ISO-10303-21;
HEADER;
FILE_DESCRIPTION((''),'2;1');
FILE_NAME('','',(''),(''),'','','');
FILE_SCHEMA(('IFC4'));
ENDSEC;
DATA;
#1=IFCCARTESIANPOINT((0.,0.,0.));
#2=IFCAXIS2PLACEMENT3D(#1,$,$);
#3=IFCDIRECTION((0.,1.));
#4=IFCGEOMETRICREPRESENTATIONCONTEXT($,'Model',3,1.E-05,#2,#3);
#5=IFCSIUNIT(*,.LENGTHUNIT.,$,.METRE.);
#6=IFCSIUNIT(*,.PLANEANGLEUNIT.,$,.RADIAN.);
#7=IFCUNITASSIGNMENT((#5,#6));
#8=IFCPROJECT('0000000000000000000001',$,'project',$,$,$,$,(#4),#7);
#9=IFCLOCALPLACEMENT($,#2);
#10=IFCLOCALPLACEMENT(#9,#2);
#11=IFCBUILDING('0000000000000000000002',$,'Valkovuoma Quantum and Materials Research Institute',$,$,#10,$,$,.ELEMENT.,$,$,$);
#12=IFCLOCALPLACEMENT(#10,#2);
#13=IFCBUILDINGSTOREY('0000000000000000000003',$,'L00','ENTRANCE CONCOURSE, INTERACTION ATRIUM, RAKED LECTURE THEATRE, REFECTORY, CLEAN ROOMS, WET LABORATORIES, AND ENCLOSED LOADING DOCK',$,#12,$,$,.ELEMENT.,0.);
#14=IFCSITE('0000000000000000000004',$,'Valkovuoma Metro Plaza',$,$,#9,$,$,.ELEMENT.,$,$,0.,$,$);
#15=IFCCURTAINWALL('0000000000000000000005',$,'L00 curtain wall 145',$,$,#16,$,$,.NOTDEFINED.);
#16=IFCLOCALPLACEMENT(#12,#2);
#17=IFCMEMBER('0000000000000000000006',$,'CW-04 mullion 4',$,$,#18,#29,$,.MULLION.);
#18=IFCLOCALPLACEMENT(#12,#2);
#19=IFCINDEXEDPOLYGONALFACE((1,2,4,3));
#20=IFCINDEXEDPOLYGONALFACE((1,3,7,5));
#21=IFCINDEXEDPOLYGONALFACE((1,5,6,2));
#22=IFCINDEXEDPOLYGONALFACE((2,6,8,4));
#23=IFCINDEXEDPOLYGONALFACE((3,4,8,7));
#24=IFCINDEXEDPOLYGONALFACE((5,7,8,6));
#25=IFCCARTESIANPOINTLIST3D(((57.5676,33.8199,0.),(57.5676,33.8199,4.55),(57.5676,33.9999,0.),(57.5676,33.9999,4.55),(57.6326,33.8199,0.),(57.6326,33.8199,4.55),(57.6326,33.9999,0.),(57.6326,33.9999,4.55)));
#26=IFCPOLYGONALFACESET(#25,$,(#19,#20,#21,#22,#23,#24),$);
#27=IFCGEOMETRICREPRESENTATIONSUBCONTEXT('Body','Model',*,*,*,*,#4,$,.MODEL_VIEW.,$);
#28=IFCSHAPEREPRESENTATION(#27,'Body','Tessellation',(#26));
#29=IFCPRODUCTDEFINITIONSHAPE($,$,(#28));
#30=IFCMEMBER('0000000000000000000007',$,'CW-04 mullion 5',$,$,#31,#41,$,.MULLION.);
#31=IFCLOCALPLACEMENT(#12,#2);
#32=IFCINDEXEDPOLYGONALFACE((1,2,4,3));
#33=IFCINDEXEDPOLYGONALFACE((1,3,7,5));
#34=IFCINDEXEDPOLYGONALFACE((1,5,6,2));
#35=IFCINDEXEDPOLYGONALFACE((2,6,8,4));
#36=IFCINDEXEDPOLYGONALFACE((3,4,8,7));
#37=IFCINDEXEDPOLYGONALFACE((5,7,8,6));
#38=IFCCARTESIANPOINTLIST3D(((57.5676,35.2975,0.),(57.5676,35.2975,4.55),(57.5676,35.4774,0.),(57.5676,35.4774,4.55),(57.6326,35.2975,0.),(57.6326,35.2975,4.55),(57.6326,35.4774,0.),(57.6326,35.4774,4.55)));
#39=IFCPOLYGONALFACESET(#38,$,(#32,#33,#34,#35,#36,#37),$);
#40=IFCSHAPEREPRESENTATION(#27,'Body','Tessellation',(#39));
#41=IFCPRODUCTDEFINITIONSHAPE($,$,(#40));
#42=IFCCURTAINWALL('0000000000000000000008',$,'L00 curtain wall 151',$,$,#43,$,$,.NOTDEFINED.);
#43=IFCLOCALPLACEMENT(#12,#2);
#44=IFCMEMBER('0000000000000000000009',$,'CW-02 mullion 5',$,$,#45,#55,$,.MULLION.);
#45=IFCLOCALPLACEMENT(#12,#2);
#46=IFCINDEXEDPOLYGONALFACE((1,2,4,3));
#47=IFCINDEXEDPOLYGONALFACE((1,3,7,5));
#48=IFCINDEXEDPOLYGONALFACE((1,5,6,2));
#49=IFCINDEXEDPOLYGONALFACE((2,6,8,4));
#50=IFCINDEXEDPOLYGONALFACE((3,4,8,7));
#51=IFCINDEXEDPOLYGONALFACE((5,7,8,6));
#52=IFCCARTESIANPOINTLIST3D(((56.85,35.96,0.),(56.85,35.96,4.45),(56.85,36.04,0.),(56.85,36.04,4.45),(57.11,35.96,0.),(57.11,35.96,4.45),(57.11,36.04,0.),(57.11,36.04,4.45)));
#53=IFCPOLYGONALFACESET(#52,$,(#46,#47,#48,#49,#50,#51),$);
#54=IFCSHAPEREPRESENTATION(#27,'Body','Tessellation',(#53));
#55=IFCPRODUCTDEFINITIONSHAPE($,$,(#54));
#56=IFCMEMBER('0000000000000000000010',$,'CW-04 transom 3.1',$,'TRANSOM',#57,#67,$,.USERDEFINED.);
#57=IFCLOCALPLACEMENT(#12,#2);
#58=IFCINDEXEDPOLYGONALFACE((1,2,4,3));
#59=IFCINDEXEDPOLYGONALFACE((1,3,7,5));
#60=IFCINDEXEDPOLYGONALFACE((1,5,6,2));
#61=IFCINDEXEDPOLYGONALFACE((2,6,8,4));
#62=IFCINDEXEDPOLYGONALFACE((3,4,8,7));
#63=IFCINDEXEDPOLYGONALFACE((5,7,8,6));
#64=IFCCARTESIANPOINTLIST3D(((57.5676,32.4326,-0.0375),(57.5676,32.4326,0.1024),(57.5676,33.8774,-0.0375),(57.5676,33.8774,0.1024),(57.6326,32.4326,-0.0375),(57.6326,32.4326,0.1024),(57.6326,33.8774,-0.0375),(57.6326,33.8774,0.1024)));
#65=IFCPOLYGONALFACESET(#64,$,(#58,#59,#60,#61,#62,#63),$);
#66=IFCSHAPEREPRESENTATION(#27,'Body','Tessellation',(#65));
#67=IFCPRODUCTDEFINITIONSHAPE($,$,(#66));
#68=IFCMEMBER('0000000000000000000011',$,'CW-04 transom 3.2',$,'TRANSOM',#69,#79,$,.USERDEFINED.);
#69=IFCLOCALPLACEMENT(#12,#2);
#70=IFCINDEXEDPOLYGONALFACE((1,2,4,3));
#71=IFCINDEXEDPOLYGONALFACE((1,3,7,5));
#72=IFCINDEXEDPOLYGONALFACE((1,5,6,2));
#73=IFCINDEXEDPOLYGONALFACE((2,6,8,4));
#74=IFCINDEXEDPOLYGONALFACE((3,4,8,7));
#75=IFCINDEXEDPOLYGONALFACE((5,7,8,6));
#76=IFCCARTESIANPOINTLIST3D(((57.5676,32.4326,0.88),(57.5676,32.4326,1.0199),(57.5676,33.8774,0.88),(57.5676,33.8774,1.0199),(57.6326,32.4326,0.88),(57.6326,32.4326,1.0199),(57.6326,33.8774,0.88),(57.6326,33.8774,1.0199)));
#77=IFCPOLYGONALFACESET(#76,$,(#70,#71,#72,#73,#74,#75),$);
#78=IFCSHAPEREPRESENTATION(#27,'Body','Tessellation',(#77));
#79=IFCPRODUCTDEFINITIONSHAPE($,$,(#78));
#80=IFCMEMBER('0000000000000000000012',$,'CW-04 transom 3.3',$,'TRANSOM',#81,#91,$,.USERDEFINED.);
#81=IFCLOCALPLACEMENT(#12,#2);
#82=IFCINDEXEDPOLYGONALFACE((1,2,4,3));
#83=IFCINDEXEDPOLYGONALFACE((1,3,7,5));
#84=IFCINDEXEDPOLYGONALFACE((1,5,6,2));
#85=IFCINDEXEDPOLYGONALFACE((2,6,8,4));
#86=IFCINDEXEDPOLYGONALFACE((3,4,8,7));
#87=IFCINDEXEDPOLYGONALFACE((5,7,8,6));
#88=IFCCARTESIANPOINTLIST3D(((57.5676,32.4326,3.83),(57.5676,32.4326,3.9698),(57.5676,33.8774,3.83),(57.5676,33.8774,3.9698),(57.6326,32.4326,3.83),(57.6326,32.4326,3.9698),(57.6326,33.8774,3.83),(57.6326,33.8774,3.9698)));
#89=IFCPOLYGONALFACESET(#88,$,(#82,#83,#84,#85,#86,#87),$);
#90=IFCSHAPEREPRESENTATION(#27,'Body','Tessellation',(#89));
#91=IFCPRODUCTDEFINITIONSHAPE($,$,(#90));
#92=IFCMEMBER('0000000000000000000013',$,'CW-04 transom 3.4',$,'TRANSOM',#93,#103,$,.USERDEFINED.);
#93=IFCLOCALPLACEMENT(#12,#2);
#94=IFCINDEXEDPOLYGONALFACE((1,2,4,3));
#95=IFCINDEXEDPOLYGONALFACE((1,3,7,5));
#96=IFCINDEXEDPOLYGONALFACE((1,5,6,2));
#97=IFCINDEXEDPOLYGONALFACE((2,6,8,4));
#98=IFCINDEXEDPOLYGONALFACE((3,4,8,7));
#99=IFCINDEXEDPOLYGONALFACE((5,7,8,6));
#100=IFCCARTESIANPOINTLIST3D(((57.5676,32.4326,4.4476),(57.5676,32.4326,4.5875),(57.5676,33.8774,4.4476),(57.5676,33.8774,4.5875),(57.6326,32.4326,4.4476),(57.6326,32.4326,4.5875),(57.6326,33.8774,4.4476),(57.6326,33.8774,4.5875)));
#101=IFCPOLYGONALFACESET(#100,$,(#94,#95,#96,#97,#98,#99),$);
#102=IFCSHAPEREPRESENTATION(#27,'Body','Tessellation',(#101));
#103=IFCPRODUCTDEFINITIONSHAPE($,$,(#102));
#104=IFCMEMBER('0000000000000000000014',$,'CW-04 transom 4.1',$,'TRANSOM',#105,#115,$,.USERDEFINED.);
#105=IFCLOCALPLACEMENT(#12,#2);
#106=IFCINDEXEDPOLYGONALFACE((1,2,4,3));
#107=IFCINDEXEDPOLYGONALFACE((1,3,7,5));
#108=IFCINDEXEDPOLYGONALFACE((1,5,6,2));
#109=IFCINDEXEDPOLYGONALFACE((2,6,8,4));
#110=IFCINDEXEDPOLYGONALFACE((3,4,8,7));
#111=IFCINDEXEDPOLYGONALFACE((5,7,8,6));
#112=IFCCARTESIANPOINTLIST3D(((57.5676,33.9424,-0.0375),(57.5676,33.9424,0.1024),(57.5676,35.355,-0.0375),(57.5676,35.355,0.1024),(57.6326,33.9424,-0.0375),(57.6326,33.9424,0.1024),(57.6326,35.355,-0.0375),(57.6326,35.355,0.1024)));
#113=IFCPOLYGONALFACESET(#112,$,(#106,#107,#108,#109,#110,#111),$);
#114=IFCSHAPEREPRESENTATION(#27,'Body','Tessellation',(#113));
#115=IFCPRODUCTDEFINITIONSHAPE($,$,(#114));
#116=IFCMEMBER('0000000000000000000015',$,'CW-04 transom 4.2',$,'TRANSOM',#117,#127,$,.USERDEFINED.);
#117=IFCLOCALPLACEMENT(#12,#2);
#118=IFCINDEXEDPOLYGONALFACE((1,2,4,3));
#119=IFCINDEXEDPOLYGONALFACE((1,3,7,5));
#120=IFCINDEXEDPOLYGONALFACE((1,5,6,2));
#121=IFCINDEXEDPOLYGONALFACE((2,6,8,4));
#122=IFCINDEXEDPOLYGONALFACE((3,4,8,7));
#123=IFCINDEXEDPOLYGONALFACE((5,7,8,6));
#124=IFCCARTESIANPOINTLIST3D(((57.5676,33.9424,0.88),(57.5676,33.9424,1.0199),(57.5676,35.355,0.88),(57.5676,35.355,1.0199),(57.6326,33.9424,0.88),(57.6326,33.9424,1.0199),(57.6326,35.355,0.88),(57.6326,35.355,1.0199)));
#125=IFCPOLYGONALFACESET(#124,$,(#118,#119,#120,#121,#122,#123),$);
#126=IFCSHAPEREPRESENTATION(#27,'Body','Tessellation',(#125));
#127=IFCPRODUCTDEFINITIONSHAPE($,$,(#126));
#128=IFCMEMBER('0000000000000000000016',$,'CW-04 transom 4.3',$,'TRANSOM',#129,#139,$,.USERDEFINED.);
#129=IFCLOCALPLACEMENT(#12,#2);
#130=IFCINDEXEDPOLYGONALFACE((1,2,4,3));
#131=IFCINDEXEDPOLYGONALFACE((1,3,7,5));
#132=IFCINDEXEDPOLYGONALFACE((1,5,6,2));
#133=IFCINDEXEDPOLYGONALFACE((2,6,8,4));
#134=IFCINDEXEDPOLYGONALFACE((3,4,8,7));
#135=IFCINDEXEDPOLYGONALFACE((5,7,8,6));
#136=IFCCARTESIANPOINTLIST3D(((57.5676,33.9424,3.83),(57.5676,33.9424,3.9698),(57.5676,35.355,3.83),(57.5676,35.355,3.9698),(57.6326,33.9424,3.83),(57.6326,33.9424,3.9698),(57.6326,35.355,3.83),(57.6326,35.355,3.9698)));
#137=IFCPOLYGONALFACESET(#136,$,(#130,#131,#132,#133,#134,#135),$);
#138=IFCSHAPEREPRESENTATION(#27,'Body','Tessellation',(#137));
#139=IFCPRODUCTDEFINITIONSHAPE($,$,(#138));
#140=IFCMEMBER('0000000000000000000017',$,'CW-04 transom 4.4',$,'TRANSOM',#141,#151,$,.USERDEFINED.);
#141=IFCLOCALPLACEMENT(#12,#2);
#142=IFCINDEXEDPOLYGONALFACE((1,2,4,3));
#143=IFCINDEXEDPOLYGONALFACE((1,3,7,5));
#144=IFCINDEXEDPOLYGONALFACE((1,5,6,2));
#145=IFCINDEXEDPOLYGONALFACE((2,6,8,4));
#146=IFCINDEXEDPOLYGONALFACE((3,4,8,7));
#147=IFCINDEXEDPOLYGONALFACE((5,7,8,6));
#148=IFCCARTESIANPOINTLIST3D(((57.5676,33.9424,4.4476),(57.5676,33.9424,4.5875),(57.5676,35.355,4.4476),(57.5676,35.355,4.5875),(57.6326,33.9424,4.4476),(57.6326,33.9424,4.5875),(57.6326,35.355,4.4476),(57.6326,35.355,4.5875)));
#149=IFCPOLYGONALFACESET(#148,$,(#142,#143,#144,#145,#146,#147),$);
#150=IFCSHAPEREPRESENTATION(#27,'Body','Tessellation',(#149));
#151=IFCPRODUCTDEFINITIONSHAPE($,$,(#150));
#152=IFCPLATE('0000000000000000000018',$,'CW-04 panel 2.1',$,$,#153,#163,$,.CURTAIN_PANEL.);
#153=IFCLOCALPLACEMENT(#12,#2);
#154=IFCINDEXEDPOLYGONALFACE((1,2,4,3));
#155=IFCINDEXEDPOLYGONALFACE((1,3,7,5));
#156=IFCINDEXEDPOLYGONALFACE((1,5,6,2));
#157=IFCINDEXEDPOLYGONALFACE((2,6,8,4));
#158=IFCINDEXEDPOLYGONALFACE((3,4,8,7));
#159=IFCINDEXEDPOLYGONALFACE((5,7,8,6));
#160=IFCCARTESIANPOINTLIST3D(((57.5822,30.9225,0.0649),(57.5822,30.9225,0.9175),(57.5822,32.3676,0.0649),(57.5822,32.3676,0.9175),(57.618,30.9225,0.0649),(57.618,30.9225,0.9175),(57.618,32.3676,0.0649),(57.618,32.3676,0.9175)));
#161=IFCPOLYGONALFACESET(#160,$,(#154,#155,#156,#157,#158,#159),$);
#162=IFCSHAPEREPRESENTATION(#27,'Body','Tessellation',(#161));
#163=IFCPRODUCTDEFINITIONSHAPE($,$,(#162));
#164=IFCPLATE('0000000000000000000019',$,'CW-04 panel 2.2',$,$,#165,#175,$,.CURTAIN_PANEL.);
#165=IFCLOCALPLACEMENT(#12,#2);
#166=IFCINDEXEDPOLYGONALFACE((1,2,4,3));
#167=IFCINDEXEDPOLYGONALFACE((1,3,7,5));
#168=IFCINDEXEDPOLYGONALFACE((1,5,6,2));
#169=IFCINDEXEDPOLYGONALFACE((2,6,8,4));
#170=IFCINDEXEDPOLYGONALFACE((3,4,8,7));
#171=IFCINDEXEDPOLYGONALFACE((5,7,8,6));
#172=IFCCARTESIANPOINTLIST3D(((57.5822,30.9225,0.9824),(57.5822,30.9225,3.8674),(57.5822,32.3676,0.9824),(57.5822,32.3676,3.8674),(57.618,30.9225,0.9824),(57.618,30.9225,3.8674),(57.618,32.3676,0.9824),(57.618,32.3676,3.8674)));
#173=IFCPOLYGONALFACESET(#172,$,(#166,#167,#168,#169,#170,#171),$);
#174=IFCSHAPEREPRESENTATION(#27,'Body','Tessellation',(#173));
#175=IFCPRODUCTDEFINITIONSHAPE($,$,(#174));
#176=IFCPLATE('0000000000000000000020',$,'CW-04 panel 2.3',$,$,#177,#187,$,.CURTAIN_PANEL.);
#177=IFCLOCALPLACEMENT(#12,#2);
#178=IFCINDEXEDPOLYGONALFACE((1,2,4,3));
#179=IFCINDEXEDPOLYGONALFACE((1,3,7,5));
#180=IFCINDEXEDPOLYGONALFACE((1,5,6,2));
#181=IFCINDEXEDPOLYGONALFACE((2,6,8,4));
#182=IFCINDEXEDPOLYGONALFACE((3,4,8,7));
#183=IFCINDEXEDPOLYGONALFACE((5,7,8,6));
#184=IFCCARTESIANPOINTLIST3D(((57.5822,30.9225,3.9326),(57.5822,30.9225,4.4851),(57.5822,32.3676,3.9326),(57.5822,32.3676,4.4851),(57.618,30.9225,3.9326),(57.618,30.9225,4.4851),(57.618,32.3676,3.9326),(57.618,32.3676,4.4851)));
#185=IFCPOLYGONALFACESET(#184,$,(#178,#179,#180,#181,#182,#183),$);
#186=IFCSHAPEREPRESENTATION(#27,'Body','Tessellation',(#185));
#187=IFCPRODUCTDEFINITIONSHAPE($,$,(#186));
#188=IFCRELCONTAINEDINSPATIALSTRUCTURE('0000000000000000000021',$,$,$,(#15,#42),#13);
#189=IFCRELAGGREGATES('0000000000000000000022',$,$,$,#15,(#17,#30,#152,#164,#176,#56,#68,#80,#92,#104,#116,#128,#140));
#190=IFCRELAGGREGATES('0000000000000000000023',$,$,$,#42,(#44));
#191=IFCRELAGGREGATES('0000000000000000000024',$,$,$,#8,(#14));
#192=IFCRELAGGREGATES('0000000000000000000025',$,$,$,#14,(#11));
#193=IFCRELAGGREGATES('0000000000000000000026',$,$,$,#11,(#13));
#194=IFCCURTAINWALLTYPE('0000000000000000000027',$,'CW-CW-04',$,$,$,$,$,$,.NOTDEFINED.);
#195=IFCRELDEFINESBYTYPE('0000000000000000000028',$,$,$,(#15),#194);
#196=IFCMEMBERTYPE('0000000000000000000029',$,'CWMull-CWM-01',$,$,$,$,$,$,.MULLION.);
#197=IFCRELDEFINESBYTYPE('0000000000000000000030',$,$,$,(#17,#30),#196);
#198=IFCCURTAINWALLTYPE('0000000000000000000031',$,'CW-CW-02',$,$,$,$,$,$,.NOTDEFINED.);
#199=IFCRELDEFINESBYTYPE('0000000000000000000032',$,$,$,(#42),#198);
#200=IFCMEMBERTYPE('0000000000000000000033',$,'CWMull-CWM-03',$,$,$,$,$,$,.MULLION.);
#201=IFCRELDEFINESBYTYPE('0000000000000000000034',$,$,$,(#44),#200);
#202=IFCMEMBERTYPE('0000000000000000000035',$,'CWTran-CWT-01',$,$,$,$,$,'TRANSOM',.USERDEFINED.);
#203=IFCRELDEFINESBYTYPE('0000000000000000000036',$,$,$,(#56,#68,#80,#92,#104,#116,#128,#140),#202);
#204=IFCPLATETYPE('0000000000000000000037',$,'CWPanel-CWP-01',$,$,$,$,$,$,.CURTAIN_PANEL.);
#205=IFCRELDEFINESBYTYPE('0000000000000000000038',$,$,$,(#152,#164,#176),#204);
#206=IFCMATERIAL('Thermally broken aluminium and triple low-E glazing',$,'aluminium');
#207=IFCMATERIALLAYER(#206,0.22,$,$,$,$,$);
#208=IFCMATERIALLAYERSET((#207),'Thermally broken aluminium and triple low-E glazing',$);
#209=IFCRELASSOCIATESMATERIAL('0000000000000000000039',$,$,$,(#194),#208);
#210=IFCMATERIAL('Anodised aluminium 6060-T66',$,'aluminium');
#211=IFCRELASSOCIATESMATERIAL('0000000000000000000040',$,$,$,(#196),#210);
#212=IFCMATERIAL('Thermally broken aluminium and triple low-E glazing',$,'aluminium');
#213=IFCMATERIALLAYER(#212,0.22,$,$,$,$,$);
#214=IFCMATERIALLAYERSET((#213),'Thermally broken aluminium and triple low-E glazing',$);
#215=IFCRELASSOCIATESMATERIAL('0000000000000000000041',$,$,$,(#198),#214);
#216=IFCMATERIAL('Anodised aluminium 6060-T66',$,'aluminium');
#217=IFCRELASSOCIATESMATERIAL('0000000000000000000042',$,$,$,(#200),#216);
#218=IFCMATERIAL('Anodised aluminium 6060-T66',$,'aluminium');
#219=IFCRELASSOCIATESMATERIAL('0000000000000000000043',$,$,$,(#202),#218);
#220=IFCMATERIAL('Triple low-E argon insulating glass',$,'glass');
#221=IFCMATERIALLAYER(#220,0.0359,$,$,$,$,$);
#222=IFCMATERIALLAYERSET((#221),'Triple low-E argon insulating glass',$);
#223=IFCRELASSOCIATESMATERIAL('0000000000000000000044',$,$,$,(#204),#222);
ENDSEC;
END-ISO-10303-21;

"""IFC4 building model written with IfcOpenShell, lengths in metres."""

from ifc_helpers import new_model, si_unit, direction, frame, origin, origin_2d, place, context, subcontext, project, spatial, rectangle, extrude, material, layer, layer_set, material_profile, profile_set, type_object, element, aggregate, save


model = new_model("IFC4")

# Units and contexts
model_context = context("Model", 3, precision=1e-05, world=origin(), true_north=direction((0.0, 1.0)))
body_context = subcontext(model_context, "Body", "Model", "MODEL_VIEW")
ifc_project = project(units=[si_unit("LENGTHUNIT", "METRE"), si_unit("PLANEANGLEUNIT", "RADIAN")], contexts=[model_context])

# Site, building, storey
site_placement = place(None, origin())
site = spatial("IfcSite", under=ifc_project, at=site_placement, Name="Valkovuoma Metro Plaza", CompositionType="ELEMENT", RefElevation=0.0)
building_placement = place(site_placement, origin())
building = spatial("IfcBuilding", under=site, at=building_placement, Name="Valkovuoma Quantum and Materials Research Institute", CompositionType="ELEMENT")
storey_placement = place(building_placement, origin())
storey = spatial("IfcBuildingStorey", under=building, at=storey_placement, Name="L00", Description="ENTRANCE CONCOURSE, INTERACTION ATRIUM, RAKED LECTURE THEATRE, REFECTORY, CLEAN ROOMS, WET LABORATORIES, AND ENCLOSED LOADING DOCK", CompositionType="ELEMENT", Elevation=0.0)

# Curtain wall, members
ifc_material_1 = material(Name="Thermally broken aluminium and triple low-E glazing", Category="aluminium")
ifc_layer_1 = layer(ifc_material_1, 0.22)
ifc_layer_set_1 = layer_set([ifc_layer_1], Name="Thermally broken aluminium and triple low-E glazing")
curtain_wall_type_1 = type_object("IfcCurtainWallType", Name="CW-CW-04", PredefinedType="NOTDEFINED", material=ifc_layer_set_1)
curtain_wall_1_placement = place(storey_placement, origin())
curtain_wall_1 = element("IfcCurtainWall", 1, at=curtain_wall_1_placement, inside=storey, type_object=curtain_wall_type_1, Name="L00 curtain wall 145", PredefinedType="NOTDEFINED")
ifc_material_2 = material(Name="Anodised aluminium 6060-T66", Category="aluminium")
ifc_material_profile_1 = material_profile(ifc_material_2, rectangle(XDim=0.0649, YDim=0.1799, at=origin_2d()), Name="Anodised aluminium 6060-T66")
ifc_profile_set_1 = profile_set([ifc_material_profile_1], Name="Anodised aluminium 6060-T66")
member_type_1 = type_object("IfcMemberType", Name="CWMull-CWM-01", PredefinedType="MULLION", material=ifc_profile_set_1)
member_1_placement = place(storey_placement, frame((57.6001, 33.9099, 0.0), z_axis=(0.0, 0.0, 1.0), x_axis=(-1.0, 0.0, 0.0)))
member_1 = element("IfcMember", 2, at=member_1_placement, type_object=member_type_1, Name="CW-04 mullion 4", PredefinedType="MULLION", context=body_context, shape_type="SweptSolid", body=[
    extrude(rectangle(XDim=0.0649, YDim=0.1799, at=origin_2d()), origin(), (0.0, 0.0, 1.0), 4.55),
])
member_2_placement = place(storey_placement, frame((57.6001, 35.3875, 0.0), z_axis=(0.0, 0.0, 1.0), x_axis=(-1.0, 0.0, 0.0)))
member_2 = element("IfcMember", 3, at=member_2_placement, type_object=member_type_1, Name="CW-04 mullion 5", PredefinedType="MULLION", context=body_context, shape_type="SweptSolid", body=[
    extrude(rectangle(XDim=0.0649, YDim=0.1799, at=origin_2d()), origin(), (0.0, 0.0, 1.0), 4.55),
])

# Curtain wall, member
ifc_material_3 = material(Name="Thermally broken aluminium and triple low-E glazing", Category="aluminium")
ifc_layer_2 = layer(ifc_material_3, 0.22)
ifc_layer_set_2 = layer_set([ifc_layer_2], Name="Thermally broken aluminium and triple low-E glazing")
curtain_wall_type_2 = type_object("IfcCurtainWallType", Name="CW-CW-02", PredefinedType="NOTDEFINED", material=ifc_layer_set_2)
curtain_wall_2_placement = place(storey_placement, origin())
curtain_wall_2 = element("IfcCurtainWall", 4, at=curtain_wall_2_placement, inside=storey, type_object=curtain_wall_type_2, Name="L00 curtain wall 151", PredefinedType="NOTDEFINED")
ifc_material_4 = material(Name="Anodised aluminium 6060-T66", Category="aluminium")
ifc_material_profile_2 = material_profile(ifc_material_4, rectangle(XDim=0.0801, YDim=0.26, at=origin_2d()), Name="Anodised aluminium 6060-T66")
ifc_profile_set_2 = profile_set([ifc_material_profile_2], Name="Anodised aluminium 6060-T66")
member_type_2 = type_object("IfcMemberType", Name="CWMull-CWM-03", PredefinedType="MULLION", material=ifc_profile_set_2)
member_3_placement = place(storey_placement, frame((56.98, 36.0, 0.0), z_axis=(0.0, 0.0, 1.0), x_axis=(0.0, 1.0, 0.0)))
member_3 = element("IfcMember", 5, at=member_3_placement, type_object=member_type_2, Name="CW-02 mullion 5", PredefinedType="MULLION", context=body_context, shape_type="SweptSolid", body=[
    extrude(rectangle(XDim=0.0801, YDim=0.26, at=origin_2d()), origin(), (0.0, 0.0, 1.0), 4.45),
])

# Members
ifc_material_5 = material(Name="Anodised aluminium 6060-T66", Category="aluminium")
ifc_material_profile_3 = material_profile(ifc_material_5, rectangle(XDim=0.0649, YDim=0.1399, at=origin_2d()), Name="Anodised aluminium 6060-T66")
ifc_profile_set_3 = profile_set([ifc_material_profile_3], Name="Anodised aluminium 6060-T66")
member_type_3 = type_object("IfcMemberType", Name="CWTran-CWT-01", ElementType="TRANSOM", PredefinedType="USERDEFINED", material=ifc_profile_set_3)
member_4_placement = place(storey_placement, frame((57.6001, 32.4326, 0.0325), z_axis=(0.0, 1.0, 0.0), x_axis=(-1.0, 0.0, 0.0)))
member_4 = element("IfcMember", 6, at=member_4_placement, type_object=member_type_3, Name="CW-04 transom 3.1", ObjectType="TRANSOM", PredefinedType="USERDEFINED", context=body_context, shape_type="SweptSolid", body=[
    extrude(rectangle(XDim=0.0649, YDim=0.1399, at=origin_2d()), origin(), (0.0, 0.0, 1.0), 1.4448),
])
member_5_placement = place(storey_placement, frame((57.6001, 32.4326, 0.95), z_axis=(0.0, 1.0, 0.0), x_axis=(-1.0, 0.0, 0.0)))
member_5 = element("IfcMember", 7, at=member_5_placement, type_object=member_type_3, Name="CW-04 transom 3.2", ObjectType="TRANSOM", PredefinedType="USERDEFINED", context=body_context, shape_type="SweptSolid", body=[
    extrude(rectangle(XDim=0.0649, YDim=0.1399, at=origin_2d()), origin(), (0.0, 0.0, 1.0), 1.4448),
])
member_6_placement = place(storey_placement, frame((57.6001, 32.4326, 3.8999), z_axis=(0.0, 1.0, 0.0), x_axis=(-1.0, 0.0, 0.0)))
member_6 = element("IfcMember", 8, at=member_6_placement, type_object=member_type_3, Name="CW-04 transom 3.3", ObjectType="TRANSOM", PredefinedType="USERDEFINED", context=body_context, shape_type="SweptSolid", body=[
    extrude(rectangle(XDim=0.0649, YDim=0.1399, at=origin_2d()), origin(), (0.0, 0.0, 1.0), 1.4448),
])
member_7_placement = place(storey_placement, frame((57.6001, 32.4326, 4.5176), z_axis=(0.0, 1.0, 0.0), x_axis=(-1.0, 0.0, 0.0)))
member_7 = element("IfcMember", 9, at=member_7_placement, type_object=member_type_3, Name="CW-04 transom 3.4", ObjectType="TRANSOM", PredefinedType="USERDEFINED", context=body_context, shape_type="SweptSolid", body=[
    extrude(rectangle(XDim=0.0649, YDim=0.1399, at=origin_2d()), origin(), (0.0, 0.0, 1.0), 1.4448),
])
member_8_placement = place(storey_placement, frame((57.6001, 33.9424, 0.0325), z_axis=(0.0, 1.0, 0.0), x_axis=(-1.0, 0.0, 0.0)))
member_8 = element("IfcMember", 10, at=member_8_placement, type_object=member_type_3, Name="CW-04 transom 4.1", ObjectType="TRANSOM", PredefinedType="USERDEFINED", context=body_context, shape_type="SweptSolid", body=[
    extrude(rectangle(XDim=0.0649, YDim=0.1399, at=origin_2d()), origin(), (0.0, 0.0, 1.0), 1.4126),
])
member_9_placement = place(storey_placement, frame((57.6001, 33.9424, 0.95), z_axis=(0.0, 1.0, 0.0), x_axis=(-1.0, 0.0, 0.0)))
member_9 = element("IfcMember", 11, at=member_9_placement, type_object=member_type_3, Name="CW-04 transom 4.2", ObjectType="TRANSOM", PredefinedType="USERDEFINED", context=body_context, shape_type="SweptSolid", body=[
    extrude(rectangle(XDim=0.0649, YDim=0.1399, at=origin_2d()), origin(), (0.0, 0.0, 1.0), 1.4126),
])
member_10_placement = place(storey_placement, frame((57.6001, 33.9424, 3.8999), z_axis=(0.0, 1.0, 0.0), x_axis=(-1.0, 0.0, 0.0)))
member_10 = element("IfcMember", 12, at=member_10_placement, type_object=member_type_3, Name="CW-04 transom 4.3", ObjectType="TRANSOM", PredefinedType="USERDEFINED", context=body_context, shape_type="SweptSolid", body=[
    extrude(rectangle(XDim=0.0649, YDim=0.1399, at=origin_2d()), origin(), (0.0, 0.0, 1.0), 1.4126),
])
member_11_placement = place(storey_placement, frame((57.6001, 33.9424, 4.5176), z_axis=(0.0, 1.0, 0.0), x_axis=(-1.0, 0.0, 0.0)))
member_11 = element("IfcMember", 13, at=member_11_placement, type_object=member_type_3, Name="CW-04 transom 4.4", ObjectType="TRANSOM", PredefinedType="USERDEFINED", context=body_context, shape_type="SweptSolid", body=[
    extrude(rectangle(XDim=0.0649, YDim=0.1399, at=origin_2d()), origin(), (0.0, 0.0, 1.0), 1.4126),
])

# Plates
ifc_material_6 = material(Name="Triple low-E argon insulating glass", Category="glass")
ifc_layer_3 = layer(ifc_material_6, 0.0359)
ifc_layer_set_3 = layer_set([ifc_layer_3], Name="Triple low-E argon insulating glass")
plate_type_1 = type_object("IfcPlateType", Name="CWPanel-CWP-01", PredefinedType="CURTAIN_PANEL", material=ifc_layer_set_3)
plate_1_placement = place(storey_placement, frame((57.6001, 31.645, 0.0649), z_axis=(0.0, 0.0, 1.0), x_axis=(0.0, 1.0, 0.0)))
plate_1 = element("IfcPlate", 14, at=plate_1_placement, type_object=plate_type_1, Name="CW-04 panel 2.1", PredefinedType="CURTAIN_PANEL", context=body_context, shape_type="SweptSolid", body=[
    extrude(rectangle(XDim=1.4451, YDim=0.0359, at=origin_2d()), origin(), (0.0, 0.0, 1.0), 0.8525),
])
plate_2_placement = place(storey_placement, frame((57.6001, 31.645, 0.9824), z_axis=(0.0, 0.0, 1.0), x_axis=(0.0, 1.0, 0.0)))
plate_2 = element("IfcPlate", 15, at=plate_2_placement, type_object=plate_type_1, Name="CW-04 panel 2.2", PredefinedType="CURTAIN_PANEL", context=body_context, shape_type="SweptSolid", body=[
    extrude(rectangle(XDim=1.4451, YDim=0.0359, at=origin_2d()), origin(), (0.0, 0.0, 1.0), 2.885),
])
plate_3_placement = place(storey_placement, frame((57.6001, 31.645, 3.9326), z_axis=(0.0, 0.0, 1.0), x_axis=(0.0, 1.0, 0.0)))
plate_3 = element("IfcPlate", 16, at=plate_3_placement, type_object=plate_type_1, Name="CW-04 panel 2.3", PredefinedType="CURTAIN_PANEL", context=body_context, shape_type="SweptSolid", body=[
    extrude(rectangle(XDim=1.4451, YDim=0.0359, at=origin_2d()), origin(), (0.0, 0.0, 1.0), 0.5525),
])
aggregate(curtain_wall_1, [member_1, member_2, plate_1, plate_2, plate_3, member_4, member_5, member_6, member_7, member_8, member_9, member_10, member_11])
aggregate(curtain_wall_2, [member_3])

save(model, "model.ifc")
